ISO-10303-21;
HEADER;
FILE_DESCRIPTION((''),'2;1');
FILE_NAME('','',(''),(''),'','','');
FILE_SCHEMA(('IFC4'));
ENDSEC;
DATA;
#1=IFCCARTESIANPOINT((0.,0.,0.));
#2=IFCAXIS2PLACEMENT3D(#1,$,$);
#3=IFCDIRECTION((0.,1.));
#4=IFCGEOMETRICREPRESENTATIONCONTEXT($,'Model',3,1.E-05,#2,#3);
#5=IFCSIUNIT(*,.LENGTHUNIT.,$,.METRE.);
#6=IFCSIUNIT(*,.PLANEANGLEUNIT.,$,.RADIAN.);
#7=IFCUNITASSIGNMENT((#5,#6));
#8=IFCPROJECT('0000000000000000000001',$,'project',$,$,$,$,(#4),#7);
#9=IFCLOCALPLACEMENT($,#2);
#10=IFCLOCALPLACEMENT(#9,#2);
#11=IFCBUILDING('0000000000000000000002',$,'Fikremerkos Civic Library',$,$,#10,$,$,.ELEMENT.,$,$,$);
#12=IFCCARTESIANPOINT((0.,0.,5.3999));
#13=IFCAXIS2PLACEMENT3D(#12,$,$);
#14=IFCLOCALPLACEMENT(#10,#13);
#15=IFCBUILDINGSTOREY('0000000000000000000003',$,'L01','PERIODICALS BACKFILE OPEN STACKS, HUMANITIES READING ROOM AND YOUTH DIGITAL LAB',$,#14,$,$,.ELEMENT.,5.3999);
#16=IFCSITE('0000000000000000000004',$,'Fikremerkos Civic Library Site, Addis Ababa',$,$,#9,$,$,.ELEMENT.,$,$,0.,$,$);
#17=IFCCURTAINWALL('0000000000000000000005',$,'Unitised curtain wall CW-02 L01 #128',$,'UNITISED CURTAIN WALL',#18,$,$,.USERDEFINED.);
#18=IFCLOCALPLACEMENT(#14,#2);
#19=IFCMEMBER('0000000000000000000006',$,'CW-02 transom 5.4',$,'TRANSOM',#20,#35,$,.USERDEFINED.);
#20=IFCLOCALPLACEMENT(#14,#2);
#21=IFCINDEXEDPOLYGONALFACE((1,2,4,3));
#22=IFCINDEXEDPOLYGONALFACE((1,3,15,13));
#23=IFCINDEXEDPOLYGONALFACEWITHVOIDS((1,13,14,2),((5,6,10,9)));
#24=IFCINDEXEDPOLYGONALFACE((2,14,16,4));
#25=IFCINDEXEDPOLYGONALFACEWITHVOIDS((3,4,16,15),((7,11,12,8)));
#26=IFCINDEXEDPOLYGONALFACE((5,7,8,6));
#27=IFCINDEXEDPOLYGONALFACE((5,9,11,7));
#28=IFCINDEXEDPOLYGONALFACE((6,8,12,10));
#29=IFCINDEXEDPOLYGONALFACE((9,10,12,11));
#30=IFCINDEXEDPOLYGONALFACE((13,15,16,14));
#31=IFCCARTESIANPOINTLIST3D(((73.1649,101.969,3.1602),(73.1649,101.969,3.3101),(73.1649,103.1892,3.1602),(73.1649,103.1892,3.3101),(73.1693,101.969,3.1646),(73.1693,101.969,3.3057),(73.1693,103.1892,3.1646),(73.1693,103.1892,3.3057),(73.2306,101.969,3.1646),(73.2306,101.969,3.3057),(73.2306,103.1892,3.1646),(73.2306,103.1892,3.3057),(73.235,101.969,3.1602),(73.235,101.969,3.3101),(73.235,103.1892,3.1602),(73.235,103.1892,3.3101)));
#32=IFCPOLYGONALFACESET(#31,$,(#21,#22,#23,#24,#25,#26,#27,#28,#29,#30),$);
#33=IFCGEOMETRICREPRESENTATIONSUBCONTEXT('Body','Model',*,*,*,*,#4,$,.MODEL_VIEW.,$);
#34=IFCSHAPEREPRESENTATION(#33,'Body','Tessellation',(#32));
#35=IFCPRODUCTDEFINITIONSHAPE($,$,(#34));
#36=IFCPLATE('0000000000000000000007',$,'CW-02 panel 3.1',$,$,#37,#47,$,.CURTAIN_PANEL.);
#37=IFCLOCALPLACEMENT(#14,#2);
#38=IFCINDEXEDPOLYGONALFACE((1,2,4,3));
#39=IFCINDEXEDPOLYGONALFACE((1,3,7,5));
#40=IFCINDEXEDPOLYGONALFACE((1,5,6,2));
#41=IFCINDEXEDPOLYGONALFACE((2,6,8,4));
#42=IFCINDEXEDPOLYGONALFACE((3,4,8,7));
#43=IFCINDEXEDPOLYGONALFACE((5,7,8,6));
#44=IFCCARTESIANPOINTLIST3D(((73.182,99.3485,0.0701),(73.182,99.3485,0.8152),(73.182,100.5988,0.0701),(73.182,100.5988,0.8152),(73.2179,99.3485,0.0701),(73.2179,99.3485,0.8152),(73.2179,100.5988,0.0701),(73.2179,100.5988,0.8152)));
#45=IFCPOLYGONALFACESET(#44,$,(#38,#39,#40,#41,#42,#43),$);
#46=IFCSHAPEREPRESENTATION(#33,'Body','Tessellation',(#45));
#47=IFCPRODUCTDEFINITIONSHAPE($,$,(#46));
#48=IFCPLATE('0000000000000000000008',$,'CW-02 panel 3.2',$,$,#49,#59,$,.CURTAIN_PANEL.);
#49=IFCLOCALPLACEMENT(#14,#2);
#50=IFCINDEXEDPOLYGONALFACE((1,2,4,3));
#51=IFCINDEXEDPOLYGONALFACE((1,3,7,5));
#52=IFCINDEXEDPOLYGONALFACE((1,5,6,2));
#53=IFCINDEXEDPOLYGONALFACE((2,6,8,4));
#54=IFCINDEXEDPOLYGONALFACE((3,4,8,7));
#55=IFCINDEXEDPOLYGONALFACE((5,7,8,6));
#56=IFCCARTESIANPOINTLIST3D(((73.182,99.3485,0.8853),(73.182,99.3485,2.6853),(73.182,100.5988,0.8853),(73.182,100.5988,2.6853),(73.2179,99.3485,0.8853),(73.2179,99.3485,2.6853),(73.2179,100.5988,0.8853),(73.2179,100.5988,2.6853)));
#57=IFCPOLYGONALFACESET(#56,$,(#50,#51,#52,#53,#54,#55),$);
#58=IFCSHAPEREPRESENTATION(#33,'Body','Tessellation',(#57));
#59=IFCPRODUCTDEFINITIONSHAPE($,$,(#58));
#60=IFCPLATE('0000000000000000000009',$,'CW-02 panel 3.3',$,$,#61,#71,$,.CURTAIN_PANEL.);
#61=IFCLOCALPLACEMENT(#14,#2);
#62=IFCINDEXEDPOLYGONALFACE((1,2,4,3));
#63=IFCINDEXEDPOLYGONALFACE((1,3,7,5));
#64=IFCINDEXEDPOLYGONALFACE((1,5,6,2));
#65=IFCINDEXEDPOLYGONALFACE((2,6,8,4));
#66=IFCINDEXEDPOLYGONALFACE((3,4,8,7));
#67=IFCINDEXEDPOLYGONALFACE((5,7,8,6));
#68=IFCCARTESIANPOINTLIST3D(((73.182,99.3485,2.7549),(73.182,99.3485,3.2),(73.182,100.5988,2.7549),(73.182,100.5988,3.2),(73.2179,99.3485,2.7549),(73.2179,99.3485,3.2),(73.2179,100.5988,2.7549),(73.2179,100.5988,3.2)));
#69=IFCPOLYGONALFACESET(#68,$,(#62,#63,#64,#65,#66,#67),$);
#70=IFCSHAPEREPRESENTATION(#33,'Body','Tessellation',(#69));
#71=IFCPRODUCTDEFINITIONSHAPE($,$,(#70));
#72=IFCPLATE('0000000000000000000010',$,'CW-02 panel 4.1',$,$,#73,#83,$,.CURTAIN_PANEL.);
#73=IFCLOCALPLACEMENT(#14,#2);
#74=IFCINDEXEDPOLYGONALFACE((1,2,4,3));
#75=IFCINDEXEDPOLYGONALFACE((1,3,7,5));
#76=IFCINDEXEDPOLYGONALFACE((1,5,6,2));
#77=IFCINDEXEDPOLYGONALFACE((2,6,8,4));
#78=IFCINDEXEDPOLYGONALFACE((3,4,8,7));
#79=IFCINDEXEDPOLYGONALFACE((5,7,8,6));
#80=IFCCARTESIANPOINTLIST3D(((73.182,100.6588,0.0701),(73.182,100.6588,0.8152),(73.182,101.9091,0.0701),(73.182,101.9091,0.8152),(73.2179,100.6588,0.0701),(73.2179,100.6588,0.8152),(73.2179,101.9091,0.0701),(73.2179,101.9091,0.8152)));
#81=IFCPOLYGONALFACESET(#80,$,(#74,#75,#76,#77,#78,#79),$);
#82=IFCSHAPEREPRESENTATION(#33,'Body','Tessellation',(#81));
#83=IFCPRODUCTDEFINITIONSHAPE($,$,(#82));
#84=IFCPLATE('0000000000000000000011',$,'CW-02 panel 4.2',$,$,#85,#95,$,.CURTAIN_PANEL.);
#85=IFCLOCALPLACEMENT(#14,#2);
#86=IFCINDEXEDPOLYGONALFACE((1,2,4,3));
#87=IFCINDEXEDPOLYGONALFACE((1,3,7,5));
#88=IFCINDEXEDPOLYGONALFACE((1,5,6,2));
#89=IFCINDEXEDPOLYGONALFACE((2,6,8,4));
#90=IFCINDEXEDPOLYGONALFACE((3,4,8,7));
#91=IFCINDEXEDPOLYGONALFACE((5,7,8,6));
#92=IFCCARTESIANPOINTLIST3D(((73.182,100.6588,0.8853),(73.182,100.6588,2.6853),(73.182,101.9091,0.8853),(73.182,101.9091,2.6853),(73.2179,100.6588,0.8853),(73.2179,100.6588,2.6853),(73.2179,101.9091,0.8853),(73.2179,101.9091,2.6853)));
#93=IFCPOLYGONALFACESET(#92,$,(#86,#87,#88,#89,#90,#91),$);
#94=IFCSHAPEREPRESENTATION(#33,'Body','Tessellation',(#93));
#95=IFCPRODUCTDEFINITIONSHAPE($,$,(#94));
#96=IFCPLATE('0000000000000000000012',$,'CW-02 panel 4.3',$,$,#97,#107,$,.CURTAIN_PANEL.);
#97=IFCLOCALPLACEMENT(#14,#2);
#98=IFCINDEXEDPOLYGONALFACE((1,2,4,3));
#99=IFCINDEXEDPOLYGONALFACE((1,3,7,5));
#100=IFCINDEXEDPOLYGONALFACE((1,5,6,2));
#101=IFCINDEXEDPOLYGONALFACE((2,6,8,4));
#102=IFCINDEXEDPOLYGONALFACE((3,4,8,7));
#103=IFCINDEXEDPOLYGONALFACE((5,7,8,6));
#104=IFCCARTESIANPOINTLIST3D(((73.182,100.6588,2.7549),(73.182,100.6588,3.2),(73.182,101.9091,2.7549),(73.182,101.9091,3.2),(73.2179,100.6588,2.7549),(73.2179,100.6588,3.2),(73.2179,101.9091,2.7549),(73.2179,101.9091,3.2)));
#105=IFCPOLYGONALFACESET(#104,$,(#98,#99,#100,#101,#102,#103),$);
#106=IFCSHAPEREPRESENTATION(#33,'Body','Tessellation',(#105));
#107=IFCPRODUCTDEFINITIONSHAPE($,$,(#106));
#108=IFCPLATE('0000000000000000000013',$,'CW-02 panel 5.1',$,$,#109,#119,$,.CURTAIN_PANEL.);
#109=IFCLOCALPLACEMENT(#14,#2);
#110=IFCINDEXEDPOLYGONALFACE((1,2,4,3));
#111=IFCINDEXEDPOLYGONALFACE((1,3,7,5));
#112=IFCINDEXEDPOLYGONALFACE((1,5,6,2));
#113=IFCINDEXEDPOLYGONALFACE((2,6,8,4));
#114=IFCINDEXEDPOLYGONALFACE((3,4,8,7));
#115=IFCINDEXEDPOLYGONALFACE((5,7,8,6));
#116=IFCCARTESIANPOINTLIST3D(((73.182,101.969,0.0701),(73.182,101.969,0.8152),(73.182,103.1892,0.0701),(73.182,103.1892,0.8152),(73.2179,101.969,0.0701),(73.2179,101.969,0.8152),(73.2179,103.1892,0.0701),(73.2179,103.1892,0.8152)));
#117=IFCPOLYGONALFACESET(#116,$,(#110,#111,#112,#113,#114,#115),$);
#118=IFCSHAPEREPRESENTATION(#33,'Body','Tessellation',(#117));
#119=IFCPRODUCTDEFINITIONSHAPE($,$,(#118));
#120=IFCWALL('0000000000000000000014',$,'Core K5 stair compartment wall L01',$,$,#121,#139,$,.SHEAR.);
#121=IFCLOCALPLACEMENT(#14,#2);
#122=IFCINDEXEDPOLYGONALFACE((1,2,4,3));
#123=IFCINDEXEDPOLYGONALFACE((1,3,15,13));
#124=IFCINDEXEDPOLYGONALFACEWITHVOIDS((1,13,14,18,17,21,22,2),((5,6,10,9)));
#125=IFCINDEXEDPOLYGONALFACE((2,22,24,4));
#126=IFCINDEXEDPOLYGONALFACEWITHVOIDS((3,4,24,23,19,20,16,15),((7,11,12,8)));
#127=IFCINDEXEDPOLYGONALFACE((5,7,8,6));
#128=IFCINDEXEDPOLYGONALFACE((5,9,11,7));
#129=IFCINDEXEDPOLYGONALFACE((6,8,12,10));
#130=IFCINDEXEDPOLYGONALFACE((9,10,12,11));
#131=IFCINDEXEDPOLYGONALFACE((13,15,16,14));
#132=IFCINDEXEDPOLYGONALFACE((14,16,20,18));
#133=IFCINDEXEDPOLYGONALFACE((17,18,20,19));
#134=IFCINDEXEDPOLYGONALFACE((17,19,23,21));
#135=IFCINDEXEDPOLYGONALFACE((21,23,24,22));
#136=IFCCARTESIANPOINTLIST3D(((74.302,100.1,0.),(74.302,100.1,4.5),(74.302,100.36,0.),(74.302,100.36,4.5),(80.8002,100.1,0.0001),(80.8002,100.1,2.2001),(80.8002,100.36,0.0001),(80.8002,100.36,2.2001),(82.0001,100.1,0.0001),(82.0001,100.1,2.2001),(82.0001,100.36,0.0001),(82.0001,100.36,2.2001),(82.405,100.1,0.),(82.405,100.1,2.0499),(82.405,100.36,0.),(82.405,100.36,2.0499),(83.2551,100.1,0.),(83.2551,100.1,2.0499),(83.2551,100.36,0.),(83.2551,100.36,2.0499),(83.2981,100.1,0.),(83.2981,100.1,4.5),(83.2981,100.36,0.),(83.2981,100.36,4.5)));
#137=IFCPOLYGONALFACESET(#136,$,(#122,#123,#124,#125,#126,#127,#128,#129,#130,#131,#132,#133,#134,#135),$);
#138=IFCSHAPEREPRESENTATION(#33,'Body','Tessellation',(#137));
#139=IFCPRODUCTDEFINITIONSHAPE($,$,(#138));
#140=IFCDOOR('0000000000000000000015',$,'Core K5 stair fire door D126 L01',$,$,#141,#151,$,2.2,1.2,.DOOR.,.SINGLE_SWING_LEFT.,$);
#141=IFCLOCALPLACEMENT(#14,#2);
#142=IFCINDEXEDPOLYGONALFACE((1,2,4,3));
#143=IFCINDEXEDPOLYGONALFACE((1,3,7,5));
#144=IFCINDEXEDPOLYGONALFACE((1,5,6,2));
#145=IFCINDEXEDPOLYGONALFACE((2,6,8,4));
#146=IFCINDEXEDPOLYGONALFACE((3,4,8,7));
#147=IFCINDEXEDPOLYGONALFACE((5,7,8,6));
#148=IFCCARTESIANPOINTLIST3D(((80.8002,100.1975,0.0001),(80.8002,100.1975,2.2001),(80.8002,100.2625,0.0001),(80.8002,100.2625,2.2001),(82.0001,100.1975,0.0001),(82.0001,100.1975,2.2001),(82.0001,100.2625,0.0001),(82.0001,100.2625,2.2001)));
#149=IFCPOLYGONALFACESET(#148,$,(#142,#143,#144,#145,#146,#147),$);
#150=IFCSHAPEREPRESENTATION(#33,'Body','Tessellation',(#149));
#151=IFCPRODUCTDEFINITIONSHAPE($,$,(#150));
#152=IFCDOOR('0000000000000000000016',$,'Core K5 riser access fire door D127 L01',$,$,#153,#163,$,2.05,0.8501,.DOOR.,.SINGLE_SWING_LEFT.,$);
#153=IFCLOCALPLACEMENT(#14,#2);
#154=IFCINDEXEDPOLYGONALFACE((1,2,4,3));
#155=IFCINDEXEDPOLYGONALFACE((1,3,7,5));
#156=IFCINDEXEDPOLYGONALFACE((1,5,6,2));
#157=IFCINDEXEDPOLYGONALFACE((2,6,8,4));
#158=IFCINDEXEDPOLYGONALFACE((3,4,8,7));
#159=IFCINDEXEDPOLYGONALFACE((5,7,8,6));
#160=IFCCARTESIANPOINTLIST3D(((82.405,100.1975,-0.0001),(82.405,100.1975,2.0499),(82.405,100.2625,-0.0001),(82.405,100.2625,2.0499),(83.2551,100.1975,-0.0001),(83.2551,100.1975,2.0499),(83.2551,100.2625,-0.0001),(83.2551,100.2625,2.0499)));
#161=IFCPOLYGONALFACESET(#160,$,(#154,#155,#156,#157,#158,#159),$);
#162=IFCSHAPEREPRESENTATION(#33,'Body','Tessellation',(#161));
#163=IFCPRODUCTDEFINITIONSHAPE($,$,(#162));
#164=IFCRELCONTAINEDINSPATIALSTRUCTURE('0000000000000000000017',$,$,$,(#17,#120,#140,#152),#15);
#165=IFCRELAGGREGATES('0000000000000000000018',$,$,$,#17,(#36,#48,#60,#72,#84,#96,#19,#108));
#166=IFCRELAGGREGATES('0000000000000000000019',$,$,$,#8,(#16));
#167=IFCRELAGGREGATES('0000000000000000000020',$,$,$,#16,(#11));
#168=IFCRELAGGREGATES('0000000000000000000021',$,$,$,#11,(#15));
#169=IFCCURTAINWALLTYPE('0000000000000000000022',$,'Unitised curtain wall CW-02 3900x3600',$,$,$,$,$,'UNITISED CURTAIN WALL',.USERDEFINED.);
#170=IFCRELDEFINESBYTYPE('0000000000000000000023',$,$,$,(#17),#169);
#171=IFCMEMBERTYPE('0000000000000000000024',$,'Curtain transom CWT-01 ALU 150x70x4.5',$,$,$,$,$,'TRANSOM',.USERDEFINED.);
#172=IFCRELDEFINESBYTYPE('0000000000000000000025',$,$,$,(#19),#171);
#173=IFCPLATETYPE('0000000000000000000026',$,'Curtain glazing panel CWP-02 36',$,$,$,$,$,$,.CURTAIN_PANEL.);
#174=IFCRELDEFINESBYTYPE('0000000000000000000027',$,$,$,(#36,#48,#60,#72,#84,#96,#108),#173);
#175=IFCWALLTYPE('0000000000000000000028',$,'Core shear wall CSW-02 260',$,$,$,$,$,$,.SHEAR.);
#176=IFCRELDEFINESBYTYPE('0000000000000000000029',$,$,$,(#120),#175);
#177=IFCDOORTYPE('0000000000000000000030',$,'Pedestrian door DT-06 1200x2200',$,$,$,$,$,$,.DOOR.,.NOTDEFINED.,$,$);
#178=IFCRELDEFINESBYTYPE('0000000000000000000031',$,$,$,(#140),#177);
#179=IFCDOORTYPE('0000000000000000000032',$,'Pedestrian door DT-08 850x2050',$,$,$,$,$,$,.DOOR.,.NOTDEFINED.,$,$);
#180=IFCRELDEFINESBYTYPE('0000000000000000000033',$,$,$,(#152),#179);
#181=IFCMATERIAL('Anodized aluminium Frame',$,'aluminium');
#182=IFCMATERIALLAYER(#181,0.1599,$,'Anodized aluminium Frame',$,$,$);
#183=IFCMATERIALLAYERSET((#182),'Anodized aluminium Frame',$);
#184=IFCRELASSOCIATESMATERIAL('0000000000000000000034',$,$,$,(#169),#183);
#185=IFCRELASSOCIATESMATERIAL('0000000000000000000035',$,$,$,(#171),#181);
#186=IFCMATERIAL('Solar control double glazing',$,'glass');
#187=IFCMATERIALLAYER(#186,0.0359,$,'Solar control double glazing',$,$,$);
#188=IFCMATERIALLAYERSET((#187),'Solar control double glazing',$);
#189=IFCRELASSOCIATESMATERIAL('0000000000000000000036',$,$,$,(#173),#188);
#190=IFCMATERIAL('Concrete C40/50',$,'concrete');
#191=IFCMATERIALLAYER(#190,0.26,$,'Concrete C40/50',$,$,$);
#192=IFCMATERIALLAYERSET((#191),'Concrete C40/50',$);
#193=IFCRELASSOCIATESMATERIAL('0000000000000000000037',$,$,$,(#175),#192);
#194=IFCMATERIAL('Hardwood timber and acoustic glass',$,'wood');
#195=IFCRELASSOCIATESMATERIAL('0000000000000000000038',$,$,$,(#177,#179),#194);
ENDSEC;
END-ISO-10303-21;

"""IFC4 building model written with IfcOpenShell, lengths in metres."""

from ifc_helpers import new_model, si_unit, direction, frame, frame_2d, origin, origin_2d, place, context, subcontext, project, spatial, rectangle, hollow_rectangle, extrude, material, layer, layer_set, material_profile, profile_set, type_object, element, fill, aggregate, save


model = new_model("IFC4")

# Units and contexts
model_context = context("Model", 3, precision=1e-05, world=origin(), true_north=direction((0.0, 1.0)))
body_context = subcontext(model_context, "Body", "Model", "MODEL_VIEW")
ifc_project = project(units=[si_unit("LENGTHUNIT", "METRE"), si_unit("PLANEANGLEUNIT", "RADIAN")], contexts=[model_context])

# Site, building, storey
site_placement = place(None, origin())
site = spatial("IfcSite", under=ifc_project, at=site_placement, Name="Fikremerkos Civic Library Site, Addis Ababa", CompositionType="ELEMENT", RefElevation=0.0)
building_placement = place(site_placement, origin())
building = spatial("IfcBuilding", under=site, at=building_placement, Name="Fikremerkos Civic Library", CompositionType="ELEMENT")
storey_placement = place(building_placement, frame((0.0, 0.0, 5.3999)))
storey = spatial("IfcBuildingStorey", under=building, at=storey_placement, Name="L01", Description="PERIODICALS BACKFILE OPEN STACKS, HUMANITIES READING ROOM AND YOUTH DIGITAL LAB", CompositionType="ELEMENT", Elevation=5.3999)

# Curtain wall, member, plates
ifc_material_1 = material(Name="Anodized aluminium Frame", Category="aluminium")
ifc_layer_1 = layer(ifc_material_1, 0.1599, Name="Anodized aluminium Frame")
ifc_layer_set_1 = layer_set([ifc_layer_1], Name="Anodized aluminium Frame")
curtain_wall_type = type_object("IfcCurtainWallType", Name="Unitised curtain wall CW-02 3900x3600", ElementType="UNITISED CURTAIN WALL", PredefinedType="USERDEFINED", material=ifc_layer_set_1)
curtain_wall_placement = place(storey_placement, origin())
curtain_wall = element("IfcCurtainWall", 1, at=curtain_wall_placement, inside=storey, type_object=curtain_wall_type, Name="Unitised curtain wall CW-02 L01 #128", ObjectType="UNITISED CURTAIN WALL", PredefinedType="USERDEFINED")
ifc_material_profile_1 = material_profile(ifc_material_1, hollow_rectangle(XDim=0.0701, YDim=0.1499, WallThickness=0.0044, at=origin_2d()), Name="ALU 150x70x4.5")
ifc_profile_set_1 = profile_set([ifc_material_profile_1], Name="Anodized aluminium Frame")
member_type_1 = type_object("IfcMemberType", Name="Curtain transom CWT-01 ALU 150x70x4.5", ElementType="TRANSOM", PredefinedType="USERDEFINED", material=ifc_profile_set_1)
member_1_placement = place(storey_placement, frame((73.2, 101.969, 3.2351), z_axis=(0.0, 1.0, 0.0), x_axis=(-1.0, 0.0, 0.0)))
member_1 = element("IfcMember", 2, at=member_1_placement, type_object=member_type_1, Name="CW-02 transom 5.4", ObjectType="TRANSOM", PredefinedType="USERDEFINED", context=body_context, shape_type="SweptSolid", body=[
    extrude(hollow_rectangle(XDim=0.0701, YDim=0.1499, WallThickness=0.0044, at=origin_2d()), origin(), (0.0, 0.0, 1.0), 1.2202),
])
ifc_material_2 = material(Name="Solar control double glazing", Category="glass")
ifc_layer_2 = layer(ifc_material_2, 0.0359, Name="Solar control double glazing")
ifc_layer_set_2 = layer_set([ifc_layer_2], Name="Solar control double glazing")
plate_type = type_object("IfcPlateType", Name="Curtain glazing panel CWP-02 36", PredefinedType="CURTAIN_PANEL", material=ifc_layer_set_2)
plate_1_placement = place(storey_placement, frame((73.2, 99.9736, 0.0701), z_axis=(0.0, 0.0, 1.0), x_axis=(0.0, 1.0, 0.0)))
plate_1 = element("IfcPlate", 3, at=plate_1_placement, type_object=plate_type, Name="CW-02 panel 3.1", PredefinedType="CURTAIN_PANEL", context=body_context, shape_type="SweptSolid", body=[
    extrude(rectangle(XDim=1.2502, YDim=0.0359, at=origin_2d()), origin(), (0.0, 0.0, 1.0), 0.7451),
])
plate_2_placement = place(storey_placement, frame((73.2, 99.9736, 0.8853), z_axis=(0.0, 0.0, 1.0), x_axis=(0.0, 1.0, 0.0)))
plate_2 = element("IfcPlate", 4, at=plate_2_placement, type_object=plate_type, Name="CW-02 panel 3.2", PredefinedType="CURTAIN_PANEL", context=body_context, shape_type="SweptSolid", body=[
    extrude(rectangle(XDim=1.2502, YDim=0.0359, at=origin_2d()), origin(), (0.0, 0.0, 1.0), 1.8),
])
plate_3_placement = place(storey_placement, frame((73.2, 99.9736, 2.7549), z_axis=(0.0, 0.0, 1.0), x_axis=(0.0, 1.0, 0.0)))
plate_3 = element("IfcPlate", 5, at=plate_3_placement, type_object=plate_type, Name="CW-02 panel 3.3", PredefinedType="CURTAIN_PANEL", context=body_context, shape_type="SweptSolid", body=[
    extrude(rectangle(XDim=1.2502, YDim=0.0359, at=origin_2d()), origin(), (0.0, 0.0, 1.0), 0.4451),
])
plate_4_placement = place(storey_placement, frame((73.2, 101.2839, 0.0701), z_axis=(0.0, 0.0, 1.0), x_axis=(0.0, 1.0, 0.0)))
plate_4 = element("IfcPlate", 6, at=plate_4_placement, type_object=plate_type, Name="CW-02 panel 4.1", PredefinedType="CURTAIN_PANEL", context=body_context, shape_type="SweptSolid", body=[
    extrude(rectangle(XDim=1.2502, YDim=0.0359, at=origin_2d()), origin(), (0.0, 0.0, 1.0), 0.7451),
])
plate_5_placement = place(storey_placement, frame((73.2, 101.2839, 0.8853), z_axis=(0.0, 0.0, 1.0), x_axis=(0.0, 1.0, 0.0)))
plate_5 = element("IfcPlate", 7, at=plate_5_placement, type_object=plate_type, Name="CW-02 panel 4.2", PredefinedType="CURTAIN_PANEL", context=body_context, shape_type="SweptSolid", body=[
    extrude(rectangle(XDim=1.2502, YDim=0.0359, at=origin_2d()), origin(), (0.0, 0.0, 1.0), 1.8),
])
plate_6_placement = place(storey_placement, frame((73.2, 101.2839, 2.7549), z_axis=(0.0, 0.0, 1.0), x_axis=(0.0, 1.0, 0.0)))
plate_6 = element("IfcPlate", 8, at=plate_6_placement, type_object=plate_type, Name="CW-02 panel 4.3", PredefinedType="CURTAIN_PANEL", context=body_context, shape_type="SweptSolid", body=[
    extrude(rectangle(XDim=1.2502, YDim=0.0359, at=origin_2d()), origin(), (0.0, 0.0, 1.0), 0.4451),
])
plate_7_placement = place(storey_placement, frame((73.2, 102.5791, 0.0701), z_axis=(0.0, 0.0, 1.0), x_axis=(0.0, 1.0, 0.0)))
plate_7 = element("IfcPlate", 9, at=plate_7_placement, type_object=plate_type, Name="CW-02 panel 5.1", PredefinedType="CURTAIN_PANEL", context=body_context, shape_type="SweptSolid", body=[
    extrude(rectangle(XDim=1.2202, YDim=0.0359, at=origin_2d()), origin(), (0.0, 0.0, 1.0), 0.7451),
])
aggregate(curtain_wall, [plate_1, plate_2, plate_3, plate_4, plate_5, plate_6, member_1, plate_7])

# Wall, openings, doors
ifc_material_3 = material(Name="Concrete C40/50", Category="concrete")
ifc_layer_3 = layer(ifc_material_3, 0.26, Name="Concrete C40/50")
ifc_layer_set_3 = layer_set([ifc_layer_3], Name="Concrete C40/50")
wall_type = type_object("IfcWallType", Name="Core shear wall CSW-02 260", PredefinedType="SHEAR", material=ifc_layer_set_3)
wall_placement = place(storey_placement, frame((74.302, 100.23, 0.0), z_axis=(0.0, 0.0, 1.0), x_axis=(1.0, 0.0, 0.0)))
wall = element("IfcWall", 10, at=wall_placement, inside=storey, type_object=wall_type, Name="Core K5 stair compartment wall L01", PredefinedType="SHEAR", context=body_context, shape_type="SweptSolid", body=[
    extrude(rectangle(XDim=8.9961, YDim=0.26, at=frame_2d((4.498, 0.0))), origin(), (0.0, 0.0, 1.0), 4.5),
])
opening_1_placement = place(wall_placement, frame((6.498, 0.0, 0.0)))
opening_1 = element("IfcOpeningElement", 11, at=opening_1_placement, cuts=wall, PredefinedType="OPENING", context=body_context, shape_type="SweptSolid", body=[
    extrude(rectangle(XDim=1.2, YDim=2.2, at=frame_2d((0.6001, 1.1001))), frame((0.0, 0.1399, 0.0), z_axis=(0.0, -1.0, 0.0), x_axis=(1.0, 0.0, 0.0)), (0.0, 0.0, 1.0), 0.28),
])
opening_2_placement = place(wall_placement, frame((8.103, 0.0, 0.0)))
opening_2 = element("IfcOpeningElement", 12, at=opening_2_placement, cuts=wall, PredefinedType="OPENING", context=body_context, shape_type="SweptSolid", body=[
    extrude(rectangle(XDim=0.8501, YDim=2.05, at=frame_2d((0.425, 1.0249))), frame((0.0, 0.1399, 0.0), z_axis=(0.0, -1.0, 0.0), x_axis=(1.0, 0.0, 0.0)), (0.0, 0.0, 1.0), 0.28),
])
ifc_material_4 = material(Name="Hardwood timber and acoustic glass", Category="wood")
door_type_1 = type_object("IfcDoorType", Name="Pedestrian door DT-06 1200x2200", OperationType="NOTDEFINED", PredefinedType="DOOR", material=ifc_material_4)
door_1_placement = place(opening_1_placement, origin())
door_1 = element("IfcDoor", 13, at=door_1_placement, inside=storey, type_object=door_type_1, Name="Core K5 stair fire door D126 L01", OperationType="SINGLE_SWING_LEFT", OverallHeight=2.2, OverallWidth=1.2, PredefinedType="DOOR", context=body_context, shape_type="SweptSolid", body=[
    extrude(rectangle(XDim=1.2, YDim=2.2, at=frame_2d((0.6001, 1.1001))), frame((0.0, 0.0325, 0.0), z_axis=(0.0, -1.0, 0.0), x_axis=(1.0, 0.0, 0.0)), (0.0, 0.0, 1.0), 0.0649),
])
fill(opening_1, door_1)
door_type_2 = type_object("IfcDoorType", Name="Pedestrian door DT-08 850x2050", OperationType="NOTDEFINED", PredefinedType="DOOR", material=ifc_material_4)
door_2_placement = place(opening_2_placement, origin())
door_2 = element("IfcDoor", 14, at=door_2_placement, inside=storey, type_object=door_type_2, Name="Core K5 riser access fire door D127 L01", OperationType="SINGLE_SWING_LEFT", OverallHeight=2.05, OverallWidth=0.8501, PredefinedType="DOOR", context=body_context, shape_type="SweptSolid", body=[
    extrude(rectangle(XDim=0.8501, YDim=2.05, at=frame_2d((0.425, 1.0249))), frame((0.0, 0.0325, 0.0), z_axis=(0.0, -1.0, 0.0), x_axis=(1.0, 0.0, 0.0)), (0.0, 0.0, 1.0), 0.0649),
])
fill(opening_2, door_2)

save(model, "model.ifc")
